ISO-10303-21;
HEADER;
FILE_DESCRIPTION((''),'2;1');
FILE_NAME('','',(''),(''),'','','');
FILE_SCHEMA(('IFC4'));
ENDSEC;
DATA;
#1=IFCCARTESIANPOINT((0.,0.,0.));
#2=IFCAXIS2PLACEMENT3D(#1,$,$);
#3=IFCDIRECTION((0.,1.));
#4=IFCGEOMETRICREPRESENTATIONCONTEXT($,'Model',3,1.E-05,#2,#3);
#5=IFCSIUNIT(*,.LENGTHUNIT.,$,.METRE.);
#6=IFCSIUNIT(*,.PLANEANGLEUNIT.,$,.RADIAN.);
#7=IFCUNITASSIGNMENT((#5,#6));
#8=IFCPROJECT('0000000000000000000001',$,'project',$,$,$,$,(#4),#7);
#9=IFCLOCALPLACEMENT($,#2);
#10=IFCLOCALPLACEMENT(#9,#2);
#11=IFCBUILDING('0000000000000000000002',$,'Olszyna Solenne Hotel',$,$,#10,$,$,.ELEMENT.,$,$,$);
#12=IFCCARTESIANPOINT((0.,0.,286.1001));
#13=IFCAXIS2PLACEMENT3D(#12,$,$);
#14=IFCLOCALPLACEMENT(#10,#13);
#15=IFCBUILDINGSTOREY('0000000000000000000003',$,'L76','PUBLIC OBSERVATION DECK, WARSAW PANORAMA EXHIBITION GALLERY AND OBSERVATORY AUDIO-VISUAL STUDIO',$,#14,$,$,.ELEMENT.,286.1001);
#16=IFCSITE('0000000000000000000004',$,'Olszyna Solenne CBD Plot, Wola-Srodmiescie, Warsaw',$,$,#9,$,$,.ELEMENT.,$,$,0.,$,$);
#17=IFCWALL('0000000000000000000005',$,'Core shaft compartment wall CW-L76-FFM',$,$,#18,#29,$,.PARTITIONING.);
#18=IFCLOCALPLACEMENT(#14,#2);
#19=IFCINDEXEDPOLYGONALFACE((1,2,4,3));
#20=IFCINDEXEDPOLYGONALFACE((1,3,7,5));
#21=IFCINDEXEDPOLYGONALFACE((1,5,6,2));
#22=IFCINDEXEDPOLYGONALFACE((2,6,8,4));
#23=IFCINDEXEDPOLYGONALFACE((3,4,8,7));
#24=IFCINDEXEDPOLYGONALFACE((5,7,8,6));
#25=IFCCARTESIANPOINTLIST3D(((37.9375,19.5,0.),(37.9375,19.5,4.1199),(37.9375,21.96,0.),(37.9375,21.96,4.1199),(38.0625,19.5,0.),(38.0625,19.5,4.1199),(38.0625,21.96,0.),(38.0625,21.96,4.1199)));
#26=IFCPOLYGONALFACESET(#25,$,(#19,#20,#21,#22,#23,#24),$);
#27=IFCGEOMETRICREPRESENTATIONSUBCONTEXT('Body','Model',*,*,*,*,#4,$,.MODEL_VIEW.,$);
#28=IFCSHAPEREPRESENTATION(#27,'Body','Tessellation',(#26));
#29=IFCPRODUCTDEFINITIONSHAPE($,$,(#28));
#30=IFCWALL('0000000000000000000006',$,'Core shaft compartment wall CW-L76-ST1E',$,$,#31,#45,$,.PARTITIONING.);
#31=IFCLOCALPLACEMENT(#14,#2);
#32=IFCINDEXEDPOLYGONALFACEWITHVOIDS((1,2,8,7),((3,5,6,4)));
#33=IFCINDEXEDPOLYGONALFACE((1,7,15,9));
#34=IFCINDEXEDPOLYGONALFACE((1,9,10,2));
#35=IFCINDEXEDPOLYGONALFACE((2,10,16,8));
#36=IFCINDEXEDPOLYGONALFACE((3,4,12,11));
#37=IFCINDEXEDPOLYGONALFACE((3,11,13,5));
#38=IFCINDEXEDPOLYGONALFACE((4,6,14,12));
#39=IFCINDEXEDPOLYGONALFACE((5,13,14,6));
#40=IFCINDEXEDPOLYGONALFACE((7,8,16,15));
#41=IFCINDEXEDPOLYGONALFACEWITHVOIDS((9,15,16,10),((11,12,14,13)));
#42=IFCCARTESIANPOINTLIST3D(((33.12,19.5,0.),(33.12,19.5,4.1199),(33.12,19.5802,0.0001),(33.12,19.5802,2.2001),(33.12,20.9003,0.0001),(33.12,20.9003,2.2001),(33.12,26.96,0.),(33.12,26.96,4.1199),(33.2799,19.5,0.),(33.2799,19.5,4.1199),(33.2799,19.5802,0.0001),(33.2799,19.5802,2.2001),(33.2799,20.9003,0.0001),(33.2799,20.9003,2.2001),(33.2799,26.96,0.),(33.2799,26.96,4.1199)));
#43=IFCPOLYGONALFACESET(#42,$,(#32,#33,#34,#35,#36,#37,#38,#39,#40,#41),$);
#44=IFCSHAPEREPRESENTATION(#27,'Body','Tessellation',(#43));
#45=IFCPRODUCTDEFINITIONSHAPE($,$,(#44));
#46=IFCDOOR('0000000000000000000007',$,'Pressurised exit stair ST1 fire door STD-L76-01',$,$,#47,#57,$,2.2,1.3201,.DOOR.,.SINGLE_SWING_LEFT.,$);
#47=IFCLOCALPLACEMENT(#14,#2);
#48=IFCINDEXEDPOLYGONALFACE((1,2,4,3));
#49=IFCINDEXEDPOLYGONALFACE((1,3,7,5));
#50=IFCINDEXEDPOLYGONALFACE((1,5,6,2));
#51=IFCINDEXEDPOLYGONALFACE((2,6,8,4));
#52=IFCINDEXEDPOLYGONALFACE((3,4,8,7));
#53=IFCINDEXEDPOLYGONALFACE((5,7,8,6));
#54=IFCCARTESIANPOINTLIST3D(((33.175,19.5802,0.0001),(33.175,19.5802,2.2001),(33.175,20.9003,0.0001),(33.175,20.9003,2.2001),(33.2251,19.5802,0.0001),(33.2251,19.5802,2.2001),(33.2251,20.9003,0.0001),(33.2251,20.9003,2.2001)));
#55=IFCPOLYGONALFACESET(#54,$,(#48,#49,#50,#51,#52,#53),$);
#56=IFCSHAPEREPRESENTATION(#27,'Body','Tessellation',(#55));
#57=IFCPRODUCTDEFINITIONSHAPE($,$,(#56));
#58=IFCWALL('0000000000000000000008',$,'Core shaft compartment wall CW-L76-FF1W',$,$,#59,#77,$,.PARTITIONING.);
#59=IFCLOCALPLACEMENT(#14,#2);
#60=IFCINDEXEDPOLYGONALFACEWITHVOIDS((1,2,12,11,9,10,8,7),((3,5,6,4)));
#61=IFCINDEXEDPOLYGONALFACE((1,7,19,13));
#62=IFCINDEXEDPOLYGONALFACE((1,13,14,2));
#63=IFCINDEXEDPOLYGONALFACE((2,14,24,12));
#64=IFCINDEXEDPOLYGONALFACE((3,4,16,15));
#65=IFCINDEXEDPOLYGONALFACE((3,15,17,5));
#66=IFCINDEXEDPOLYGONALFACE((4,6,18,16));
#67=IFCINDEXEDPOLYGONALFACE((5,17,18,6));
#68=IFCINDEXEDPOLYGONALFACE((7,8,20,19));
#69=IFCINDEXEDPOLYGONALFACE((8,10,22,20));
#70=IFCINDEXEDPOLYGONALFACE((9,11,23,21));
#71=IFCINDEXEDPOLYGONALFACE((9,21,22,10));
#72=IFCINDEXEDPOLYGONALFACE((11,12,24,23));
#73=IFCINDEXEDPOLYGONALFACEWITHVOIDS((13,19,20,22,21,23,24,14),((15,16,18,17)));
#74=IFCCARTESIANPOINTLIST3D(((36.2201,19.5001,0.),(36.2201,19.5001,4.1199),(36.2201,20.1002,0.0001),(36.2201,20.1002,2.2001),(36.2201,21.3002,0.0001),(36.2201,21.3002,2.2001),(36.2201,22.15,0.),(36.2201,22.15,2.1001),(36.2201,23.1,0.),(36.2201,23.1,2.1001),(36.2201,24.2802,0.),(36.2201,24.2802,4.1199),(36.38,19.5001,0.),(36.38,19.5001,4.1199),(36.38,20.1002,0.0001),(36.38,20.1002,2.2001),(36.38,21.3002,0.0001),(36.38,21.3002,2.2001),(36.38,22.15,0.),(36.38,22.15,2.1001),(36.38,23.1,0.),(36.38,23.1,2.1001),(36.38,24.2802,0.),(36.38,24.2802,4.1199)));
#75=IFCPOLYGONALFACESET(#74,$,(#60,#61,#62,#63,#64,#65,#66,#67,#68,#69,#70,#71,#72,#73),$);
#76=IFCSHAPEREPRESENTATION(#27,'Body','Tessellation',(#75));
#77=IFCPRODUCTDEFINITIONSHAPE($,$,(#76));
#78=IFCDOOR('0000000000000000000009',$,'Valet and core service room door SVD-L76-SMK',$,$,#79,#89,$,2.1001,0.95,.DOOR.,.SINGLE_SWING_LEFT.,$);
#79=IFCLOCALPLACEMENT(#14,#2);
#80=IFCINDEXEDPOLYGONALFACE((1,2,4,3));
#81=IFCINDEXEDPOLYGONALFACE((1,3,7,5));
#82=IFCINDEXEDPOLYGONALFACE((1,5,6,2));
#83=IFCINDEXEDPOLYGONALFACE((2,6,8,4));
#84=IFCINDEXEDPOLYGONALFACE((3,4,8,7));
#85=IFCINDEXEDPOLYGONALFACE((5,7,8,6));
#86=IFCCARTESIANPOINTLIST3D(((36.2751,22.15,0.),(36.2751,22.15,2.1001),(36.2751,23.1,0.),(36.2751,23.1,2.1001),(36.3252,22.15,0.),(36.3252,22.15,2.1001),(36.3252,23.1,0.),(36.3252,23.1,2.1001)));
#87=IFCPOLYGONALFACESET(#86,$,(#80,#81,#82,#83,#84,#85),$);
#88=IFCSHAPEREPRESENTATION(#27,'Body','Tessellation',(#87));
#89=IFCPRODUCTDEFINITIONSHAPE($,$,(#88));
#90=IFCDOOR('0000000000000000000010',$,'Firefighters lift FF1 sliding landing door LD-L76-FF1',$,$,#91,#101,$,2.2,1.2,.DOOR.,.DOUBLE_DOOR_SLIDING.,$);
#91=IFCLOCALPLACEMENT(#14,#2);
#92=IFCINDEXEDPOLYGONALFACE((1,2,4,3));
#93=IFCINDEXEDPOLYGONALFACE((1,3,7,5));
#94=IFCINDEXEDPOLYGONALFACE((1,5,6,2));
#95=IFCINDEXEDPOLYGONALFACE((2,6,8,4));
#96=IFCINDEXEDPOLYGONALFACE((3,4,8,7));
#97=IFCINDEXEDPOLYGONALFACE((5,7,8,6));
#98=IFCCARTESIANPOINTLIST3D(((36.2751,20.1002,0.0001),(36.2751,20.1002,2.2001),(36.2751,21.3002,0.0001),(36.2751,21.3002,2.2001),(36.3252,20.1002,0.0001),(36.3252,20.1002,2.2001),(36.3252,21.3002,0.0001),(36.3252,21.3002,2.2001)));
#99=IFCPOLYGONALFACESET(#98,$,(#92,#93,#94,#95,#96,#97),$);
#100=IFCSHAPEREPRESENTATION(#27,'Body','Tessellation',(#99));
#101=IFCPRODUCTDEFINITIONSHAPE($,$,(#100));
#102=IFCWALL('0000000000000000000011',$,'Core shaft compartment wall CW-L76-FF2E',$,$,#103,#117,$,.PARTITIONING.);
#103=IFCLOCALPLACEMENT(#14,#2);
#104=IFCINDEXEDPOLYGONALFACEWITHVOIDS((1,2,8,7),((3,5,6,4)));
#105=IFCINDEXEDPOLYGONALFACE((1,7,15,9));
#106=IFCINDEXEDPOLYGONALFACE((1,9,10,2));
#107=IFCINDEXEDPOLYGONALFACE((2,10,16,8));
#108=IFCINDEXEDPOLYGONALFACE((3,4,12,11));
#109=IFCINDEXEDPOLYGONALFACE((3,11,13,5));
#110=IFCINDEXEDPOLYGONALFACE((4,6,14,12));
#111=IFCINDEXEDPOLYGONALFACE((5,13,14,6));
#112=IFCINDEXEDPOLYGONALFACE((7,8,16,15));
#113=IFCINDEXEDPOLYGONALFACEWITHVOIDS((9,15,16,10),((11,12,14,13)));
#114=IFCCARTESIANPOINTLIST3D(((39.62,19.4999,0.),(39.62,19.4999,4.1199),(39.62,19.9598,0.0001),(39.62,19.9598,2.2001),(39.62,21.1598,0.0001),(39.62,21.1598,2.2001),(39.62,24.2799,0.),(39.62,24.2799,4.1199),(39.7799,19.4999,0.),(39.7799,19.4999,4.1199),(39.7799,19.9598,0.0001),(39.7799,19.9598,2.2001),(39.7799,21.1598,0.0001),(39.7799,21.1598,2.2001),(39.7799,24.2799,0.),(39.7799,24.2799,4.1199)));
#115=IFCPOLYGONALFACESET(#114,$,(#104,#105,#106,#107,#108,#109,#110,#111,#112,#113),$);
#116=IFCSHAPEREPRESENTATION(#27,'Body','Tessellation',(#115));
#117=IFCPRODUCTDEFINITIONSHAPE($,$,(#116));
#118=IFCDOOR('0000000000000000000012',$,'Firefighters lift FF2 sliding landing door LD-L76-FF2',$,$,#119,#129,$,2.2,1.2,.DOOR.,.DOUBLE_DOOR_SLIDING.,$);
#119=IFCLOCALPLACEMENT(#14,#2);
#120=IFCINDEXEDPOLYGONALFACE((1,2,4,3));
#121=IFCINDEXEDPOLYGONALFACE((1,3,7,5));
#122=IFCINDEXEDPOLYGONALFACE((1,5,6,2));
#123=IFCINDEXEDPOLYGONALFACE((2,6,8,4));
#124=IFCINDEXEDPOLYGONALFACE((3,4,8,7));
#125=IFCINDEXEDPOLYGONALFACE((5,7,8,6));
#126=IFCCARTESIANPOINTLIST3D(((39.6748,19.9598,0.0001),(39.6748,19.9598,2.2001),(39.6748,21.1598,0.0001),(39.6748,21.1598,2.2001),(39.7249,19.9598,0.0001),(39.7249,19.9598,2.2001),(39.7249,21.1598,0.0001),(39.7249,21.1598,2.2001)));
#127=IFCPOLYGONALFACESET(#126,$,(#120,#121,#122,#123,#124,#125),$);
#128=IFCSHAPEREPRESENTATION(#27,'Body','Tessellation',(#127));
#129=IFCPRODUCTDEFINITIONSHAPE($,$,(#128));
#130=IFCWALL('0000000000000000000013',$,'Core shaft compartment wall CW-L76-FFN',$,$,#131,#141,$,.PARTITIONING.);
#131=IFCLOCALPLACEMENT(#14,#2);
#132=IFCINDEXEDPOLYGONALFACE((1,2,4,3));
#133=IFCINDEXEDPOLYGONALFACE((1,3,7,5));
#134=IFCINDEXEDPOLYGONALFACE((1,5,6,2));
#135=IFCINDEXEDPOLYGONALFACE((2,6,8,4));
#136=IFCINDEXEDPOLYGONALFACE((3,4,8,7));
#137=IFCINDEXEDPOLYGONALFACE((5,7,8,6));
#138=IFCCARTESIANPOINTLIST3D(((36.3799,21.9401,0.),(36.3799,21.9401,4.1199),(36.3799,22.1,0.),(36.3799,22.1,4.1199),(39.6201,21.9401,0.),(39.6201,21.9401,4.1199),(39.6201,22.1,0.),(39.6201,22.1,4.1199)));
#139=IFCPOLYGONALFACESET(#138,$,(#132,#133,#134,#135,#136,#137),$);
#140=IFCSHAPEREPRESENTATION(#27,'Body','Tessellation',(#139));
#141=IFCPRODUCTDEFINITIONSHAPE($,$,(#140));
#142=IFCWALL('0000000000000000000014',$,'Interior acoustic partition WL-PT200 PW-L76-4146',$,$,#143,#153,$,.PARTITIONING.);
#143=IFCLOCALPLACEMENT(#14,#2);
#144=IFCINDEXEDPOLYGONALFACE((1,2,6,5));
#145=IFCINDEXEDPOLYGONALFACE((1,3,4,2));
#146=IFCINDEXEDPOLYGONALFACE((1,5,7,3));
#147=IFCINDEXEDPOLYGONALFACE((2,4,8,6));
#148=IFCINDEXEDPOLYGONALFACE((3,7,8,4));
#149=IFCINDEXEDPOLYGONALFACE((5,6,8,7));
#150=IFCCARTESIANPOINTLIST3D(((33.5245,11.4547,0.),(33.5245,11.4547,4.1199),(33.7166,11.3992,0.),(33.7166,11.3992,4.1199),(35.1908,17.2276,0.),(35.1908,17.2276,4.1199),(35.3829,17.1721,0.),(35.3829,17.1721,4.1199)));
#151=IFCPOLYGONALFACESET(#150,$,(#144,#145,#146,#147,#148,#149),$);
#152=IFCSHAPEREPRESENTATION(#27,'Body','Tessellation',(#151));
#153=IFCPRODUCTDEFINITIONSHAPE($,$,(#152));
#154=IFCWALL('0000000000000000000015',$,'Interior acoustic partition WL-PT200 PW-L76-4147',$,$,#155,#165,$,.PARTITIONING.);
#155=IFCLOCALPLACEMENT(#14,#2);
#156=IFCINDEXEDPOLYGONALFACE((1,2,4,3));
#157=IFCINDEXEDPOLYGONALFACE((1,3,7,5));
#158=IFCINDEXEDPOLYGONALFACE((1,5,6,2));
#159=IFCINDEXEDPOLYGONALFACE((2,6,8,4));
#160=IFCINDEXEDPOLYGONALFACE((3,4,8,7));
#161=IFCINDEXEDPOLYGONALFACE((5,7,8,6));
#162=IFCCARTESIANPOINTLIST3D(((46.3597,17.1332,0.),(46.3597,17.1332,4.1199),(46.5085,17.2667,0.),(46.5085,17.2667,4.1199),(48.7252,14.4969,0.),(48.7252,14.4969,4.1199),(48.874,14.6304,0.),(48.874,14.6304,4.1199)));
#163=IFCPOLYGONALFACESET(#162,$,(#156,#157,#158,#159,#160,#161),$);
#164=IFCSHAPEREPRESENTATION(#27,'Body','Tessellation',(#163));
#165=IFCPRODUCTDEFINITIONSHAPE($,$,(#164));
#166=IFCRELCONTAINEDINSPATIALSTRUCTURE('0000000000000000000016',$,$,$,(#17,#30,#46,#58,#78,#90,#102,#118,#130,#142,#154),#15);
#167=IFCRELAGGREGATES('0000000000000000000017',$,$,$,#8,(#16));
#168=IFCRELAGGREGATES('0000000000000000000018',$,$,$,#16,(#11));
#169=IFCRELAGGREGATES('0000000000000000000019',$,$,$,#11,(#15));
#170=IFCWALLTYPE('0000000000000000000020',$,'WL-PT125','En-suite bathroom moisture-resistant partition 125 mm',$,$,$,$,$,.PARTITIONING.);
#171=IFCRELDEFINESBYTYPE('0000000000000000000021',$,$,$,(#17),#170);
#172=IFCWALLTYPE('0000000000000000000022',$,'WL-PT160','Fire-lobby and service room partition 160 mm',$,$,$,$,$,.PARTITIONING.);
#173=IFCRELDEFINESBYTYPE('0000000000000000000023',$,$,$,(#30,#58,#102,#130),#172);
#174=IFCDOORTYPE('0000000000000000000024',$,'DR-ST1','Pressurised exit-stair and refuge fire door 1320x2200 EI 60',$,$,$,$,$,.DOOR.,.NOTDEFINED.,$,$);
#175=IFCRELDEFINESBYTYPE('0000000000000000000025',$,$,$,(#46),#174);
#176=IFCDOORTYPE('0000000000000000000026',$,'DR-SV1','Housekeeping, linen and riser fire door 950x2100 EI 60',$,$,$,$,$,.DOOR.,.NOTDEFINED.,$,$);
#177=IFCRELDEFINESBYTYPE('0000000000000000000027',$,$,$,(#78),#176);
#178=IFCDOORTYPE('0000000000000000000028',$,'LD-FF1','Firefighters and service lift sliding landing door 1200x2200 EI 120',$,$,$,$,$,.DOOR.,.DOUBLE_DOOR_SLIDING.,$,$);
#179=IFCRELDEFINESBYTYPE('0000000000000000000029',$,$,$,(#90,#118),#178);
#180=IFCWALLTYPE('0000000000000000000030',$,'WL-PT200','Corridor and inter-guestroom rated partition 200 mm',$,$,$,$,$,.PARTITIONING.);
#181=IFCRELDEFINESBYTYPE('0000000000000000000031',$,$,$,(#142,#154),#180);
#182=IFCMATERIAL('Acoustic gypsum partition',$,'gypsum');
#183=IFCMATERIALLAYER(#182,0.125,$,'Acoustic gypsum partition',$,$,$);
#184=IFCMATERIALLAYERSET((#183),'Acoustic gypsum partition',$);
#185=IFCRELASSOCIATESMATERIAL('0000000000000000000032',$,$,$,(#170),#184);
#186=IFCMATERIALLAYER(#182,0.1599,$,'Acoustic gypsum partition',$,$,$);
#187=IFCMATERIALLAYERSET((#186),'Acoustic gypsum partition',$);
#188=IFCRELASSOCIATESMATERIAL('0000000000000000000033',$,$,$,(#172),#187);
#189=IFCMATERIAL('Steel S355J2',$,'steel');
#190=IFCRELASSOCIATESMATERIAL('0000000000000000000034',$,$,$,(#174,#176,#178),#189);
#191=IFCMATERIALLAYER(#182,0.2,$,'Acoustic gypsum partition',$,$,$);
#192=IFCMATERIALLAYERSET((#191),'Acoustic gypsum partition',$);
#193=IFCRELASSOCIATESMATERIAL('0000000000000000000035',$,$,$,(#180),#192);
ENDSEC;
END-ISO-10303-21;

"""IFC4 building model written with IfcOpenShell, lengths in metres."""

from ifc_helpers import new_model, si_unit, direction, frame, frame_2d, origin, place, context, subcontext, project, spatial, rectangle, extrude, source, transform, mapped, material, layer, layer_set, type_object, type_shapes, element, fill, save


model = new_model("IFC4")

# Units and contexts
model_context = context("Model", 3, precision=1e-05, world=origin(), true_north=direction((0.0, 1.0)))
body_context = subcontext(model_context, "Body", "Model", "MODEL_VIEW")
ifc_project = project(units=[si_unit("LENGTHUNIT", "METRE"), si_unit("PLANEANGLEUNIT", "RADIAN")], contexts=[model_context])

# Site, building, storey
site_placement = place(None, origin())
site = spatial("IfcSite", under=ifc_project, at=site_placement, Name="Olszyna Solenne CBD Plot, Wola-Srodmiescie, Warsaw", CompositionType="ELEMENT", RefElevation=0.0)
building_placement = place(site_placement, origin())
building = spatial("IfcBuilding", under=site, at=building_placement, Name="Olszyna Solenne Hotel", CompositionType="ELEMENT")
storey_placement = place(building_placement, frame((0.0, 0.0, 286.1001)))
storey = spatial("IfcBuildingStorey", under=building, at=storey_placement, Name="L76", Description="PUBLIC OBSERVATION DECK, WARSAW PANORAMA EXHIBITION GALLERY AND OBSERVATORY AUDIO-VISUAL STUDIO", CompositionType="ELEMENT", Elevation=286.1001)

# Shared definitions
ifc_material_1 = material(Name="Steel S355J2", Category="steel")

# Wall
ifc_material_2 = material(Name="Acoustic gypsum partition", Category="gypsum")
ifc_layer_1 = layer(ifc_material_2, 0.125, Name="Acoustic gypsum partition")
ifc_layer_set_1 = layer_set([ifc_layer_1], Name="Acoustic gypsum partition")
wall_type_1 = type_object("IfcWallType", Name="WL-PT125", Description="En-suite bathroom moisture-resistant partition 125 mm", PredefinedType="PARTITIONING", material=ifc_layer_set_1)
wall_1_placement = place(storey_placement, frame((38.0, 19.5, 0.0), z_axis=(0.0, 0.0, 1.0), x_axis=(0.0, 1.0, 0.0)))
element("IfcWall", 1, at=wall_1_placement, inside=storey, type_object=wall_type_1, Name="Core shaft compartment wall CW-L76-FFM", PredefinedType="PARTITIONING", context=body_context, shape_type="SweptSolid", body=[
    extrude(rectangle(XDim=2.46, YDim=0.125, at=frame_2d((1.23, 0.0))), origin(), (0.0, 0.0, 1.0), 4.1199),
])

# Wall, opening, door
ifc_layer_2 = layer(ifc_material_2, 0.1599, Name="Acoustic gypsum partition")
ifc_layer_set_2 = layer_set([ifc_layer_2], Name="Acoustic gypsum partition")
wall_type_2 = type_object("IfcWallType", Name="WL-PT160", Description="Fire-lobby and service room partition 160 mm", PredefinedType="PARTITIONING", material=ifc_layer_set_2)
wall_2_placement = place(storey_placement, frame((33.2, 19.5, 0.0), z_axis=(0.0, 0.0, 1.0), x_axis=(0.0, 1.0, 0.0)))
wall_2 = element("IfcWall", 2, at=wall_2_placement, inside=storey, type_object=wall_type_2, Name="Core shaft compartment wall CW-L76-ST1E", PredefinedType="PARTITIONING", context=body_context, shape_type="SweptSolid", body=[
    extrude(rectangle(XDim=7.46, YDim=0.1599, at=frame_2d((3.73, 0.0))), origin(), (0.0, 0.0, 1.0), 4.1199),
])
opening_1_placement = place(wall_2_placement, frame((0.0801, 0.0, 0.0)))
opening_1 = element("IfcOpeningElement", 3, at=opening_1_placement, cuts=wall_2, PredefinedType="OPENING", context=body_context, shape_type="SweptSolid", body=[
    extrude(rectangle(XDim=1.3201, YDim=2.2, at=frame_2d((0.6602, 1.1001))), frame((0.0, 0.0898, 0.0), z_axis=(0.0, -1.0, 0.0), x_axis=(1.0, 0.0, 0.0)), (0.0, 0.0, 1.0), 0.1799),
])
door_type_1 = type_object("IfcDoorType", Name="DR-ST1", Description="Pressurised exit-stair and refuge fire door 1320x2200 EI 60", OperationType="NOTDEFINED", PredefinedType="DOOR", material=ifc_material_1)
shared_shape_1 = source(origin(), body_context, "Body", "SweptSolid", [
    extrude(rectangle(XDim=1.3201, YDim=2.2, at=frame_2d((0.6602, 1.1001))), frame((0.0, 0.0249, 0.0), z_axis=(0.0, -1.0, 0.0), x_axis=(1.0, 0.0, 0.0)), (0.0, 0.0, 1.0), 0.05),
])
type_shapes(door_type_1, [shared_shape_1])
door_1_placement = place(opening_1_placement, origin())
door_1 = element("IfcDoor", 4, at=door_1_placement, inside=storey, type_object=door_type_1, Name="Pressurised exit stair ST1 fire door STD-L76-01", OperationType="SINGLE_SWING_LEFT", OverallHeight=2.2, OverallWidth=1.3201, PredefinedType="DOOR", context=body_context, shape_type="MappedRepresentation", body=[
    mapped(shared_shape_1, transform((0.0, 0.0, 0.0), x_axis=(1.0, 0.0, 0.0), y_axis=(0.0, 1.0, 0.0), z_axis=(0.0, 0.0, 1.0), scale=1.0)),
])
fill(opening_1, door_1)

# Wall, openings, doors
wall_3_placement = place(storey_placement, frame((36.3, 19.5, 0.0), z_axis=(0.0, 0.0, 1.0), x_axis=(0.0, 1.0, 0.0)))
wall_3 = element("IfcWall", 5, at=wall_3_placement, inside=storey, type_object=wall_type_2, Name="Core shaft compartment wall CW-L76-FF1W", PredefinedType="PARTITIONING", context=body_context, shape_type="SweptSolid", body=[
    extrude(rectangle(XDim=4.78, YDim=0.1599, at=frame_2d((2.3901, 0.0))), origin(), (0.0, 0.0, 1.0), 4.1199),
])
opening_2_placement = place(wall_3_placement, frame((0.6001, 0.0, 0.0)))
opening_2 = element("IfcOpeningElement", 6, at=opening_2_placement, cuts=wall_3, PredefinedType="OPENING", context=body_context, shape_type="SweptSolid", body=[
    extrude(rectangle(XDim=1.2, YDim=2.2, at=frame_2d((0.6001, 1.1001))), frame((0.0, 0.0898, 0.0), z_axis=(0.0, -1.0, 0.0), x_axis=(1.0, 0.0, 0.0)), (0.0, 0.0, 1.0), 0.1799),
])
opening_3_placement = place(wall_3_placement, frame((2.6499, 0.0, 0.0)))
opening_3 = element("IfcOpeningElement", 7, at=opening_3_placement, cuts=wall_3, PredefinedType="OPENING", context=body_context, shape_type="SweptSolid", body=[
    extrude(rectangle(XDim=0.95, YDim=2.1001, at=frame_2d((0.4751, 1.05))), frame((0.0, 0.0898, 0.0), z_axis=(0.0, -1.0, 0.0), x_axis=(1.0, 0.0, 0.0)), (0.0, 0.0, 1.0), 0.1799),
])
door_type_2 = type_object("IfcDoorType", Name="DR-SV1", Description="Housekeeping, linen and riser fire door 950x2100 EI 60", OperationType="NOTDEFINED", PredefinedType="DOOR", material=ifc_material_1)
shared_shape_2 = source(origin(), body_context, "Body", "SweptSolid", [
    extrude(rectangle(XDim=0.95, YDim=2.1001, at=frame_2d((0.4751, 1.05))), frame((0.0, 0.0249, 0.0), z_axis=(0.0, -1.0, 0.0), x_axis=(1.0, 0.0, 0.0)), (0.0, 0.0, 1.0), 0.05),
])
type_shapes(door_type_2, [shared_shape_2])
door_2_placement = place(opening_3_placement, origin())
door_2 = element("IfcDoor", 8, at=door_2_placement, inside=storey, type_object=door_type_2, Name="Valet and core service room door SVD-L76-SMK", OperationType="SINGLE_SWING_LEFT", OverallHeight=2.1001, OverallWidth=0.95, PredefinedType="DOOR", context=body_context, shape_type="MappedRepresentation", body=[
    mapped(shared_shape_2, transform((0.0, 0.0, 0.0), x_axis=(1.0, 0.0, 0.0), y_axis=(0.0, 1.0, 0.0), z_axis=(0.0, 0.0, 1.0), scale=1.0)),
])
fill(opening_3, door_2)
door_type_3 = type_object("IfcDoorType", Name="LD-FF1", Description="Firefighters and service lift sliding landing door 1200x2200 EI 120", OperationType="DOUBLE_DOOR_SLIDING", PredefinedType="DOOR", material=ifc_material_1)
shared_shape_3 = source(origin(), body_context, "Body", "SweptSolid", [
    extrude(rectangle(XDim=1.2, YDim=2.2, at=frame_2d((0.6001, 1.1001))), frame((0.0, 0.0249, 0.0), z_axis=(0.0, -1.0, 0.0), x_axis=(1.0, 0.0, 0.0)), (0.0, 0.0, 1.0), 0.05),
])
type_shapes(door_type_3, [shared_shape_3])
door_3_placement = place(opening_2_placement, origin())
door_3 = element("IfcDoor", 9, at=door_3_placement, inside=storey, type_object=door_type_3, Name="Firefighters lift FF1 sliding landing door LD-L76-FF1", OperationType="DOUBLE_DOOR_SLIDING", OverallHeight=2.2, OverallWidth=1.2, PredefinedType="DOOR", context=body_context, shape_type="MappedRepresentation", body=[
    mapped(shared_shape_3, transform((0.0, 0.0, 0.0), x_axis=(1.0, 0.0, 0.0), y_axis=(0.0, 1.0, 0.0), z_axis=(0.0, 0.0, 1.0), scale=1.0)),
])
fill(opening_2, door_3)

# Wall, opening, door
wall_4_placement = place(storey_placement, frame((39.7, 24.28, 0.0), z_axis=(0.0, 0.0, 1.0), x_axis=(0.0, -1.0, 0.0)))
wall_4 = element("IfcWall", 10, at=wall_4_placement, inside=storey, type_object=wall_type_2, Name="Core shaft compartment wall CW-L76-FF2E", PredefinedType="PARTITIONING", context=body_context, shape_type="SweptSolid", body=[
    extrude(rectangle(XDim=4.78, YDim=0.1599, at=frame_2d((2.3901, 0.0))), origin(), (0.0, 0.0, 1.0), 4.1199),
])
opening_4_placement = place(wall_4_placement, frame((3.1201, 0.0, 0.0)))
opening_4 = element("IfcOpeningElement", 11, at=opening_4_placement, cuts=wall_4, PredefinedType="OPENING", context=body_context, shape_type="SweptSolid", body=[
    extrude(rectangle(XDim=1.2, YDim=2.2, at=frame_2d((0.6001, 1.1001))), frame((0.0, 0.0898, 0.0), z_axis=(0.0, -1.0, 0.0), x_axis=(1.0, 0.0, 0.0)), (0.0, 0.0, 1.0), 0.1799),
])
door_4_placement = place(opening_4_placement, origin())
door_4 = element("IfcDoor", 12, at=door_4_placement, inside=storey, type_object=door_type_3, Name="Firefighters lift FF2 sliding landing door LD-L76-FF2", OperationType="DOUBLE_DOOR_SLIDING", OverallHeight=2.2, OverallWidth=1.2, PredefinedType="DOOR", context=body_context, shape_type="MappedRepresentation", body=[
    mapped(shared_shape_3, transform((0.0, 0.0, 0.0), x_axis=(1.0, 0.0, 0.0), y_axis=(0.0, 1.0, 0.0), z_axis=(0.0, 0.0, 1.0), scale=1.0)),
])
fill(opening_4, door_4)

# Walls
wall_5_placement = place(storey_placement, frame((36.3799, 22.02, 0.0), z_axis=(0.0, 0.0, 1.0), x_axis=(1.0, 0.0, 0.0)))
element("IfcWall", 13, at=wall_5_placement, inside=storey, type_object=wall_type_2, Name="Core shaft compartment wall CW-L76-FFN", PredefinedType="PARTITIONING", context=body_context, shape_type="SweptSolid", body=[
    extrude(rectangle(XDim=3.2402, YDim=0.1599, at=frame_2d((1.6201, 0.0))), origin(), (0.0, 0.0, 1.0), 4.1199),
])
ifc_layer_3 = layer(ifc_material_2, 0.2, Name="Acoustic gypsum partition")
ifc_layer_set_3 = layer_set([ifc_layer_3], Name="Acoustic gypsum partition")
wall_type_3 = type_object("IfcWallType", Name="WL-PT200", Description="Corridor and inter-guestroom rated partition 200 mm", PredefinedType="PARTITIONING", material=ifc_layer_set_3)
wall_6_placement = place(storey_placement, frame((35.2869, 17.2, 0.0), z_axis=(0.0, 0.0, 1.0), x_axis=(-0.277312, -0.96078, 0.0)))
element("IfcWall", 14, at=wall_6_placement, inside=storey, type_object=wall_type_3, Name="Interior acoustic partition WL-PT200 PW-L76-4146", PredefinedType="PARTITIONING", context=body_context, shape_type="SweptSolid", body=[
    extrude(rectangle(XDim=6.0085, YDim=0.2, at=frame_2d((3.0044, 0.0))), origin(), (0.0, 0.0, 1.0), 4.1199),
])
wall_7_placement = place(storey_placement, frame((46.4341, 17.2, 0.0), z_axis=(0.0, 0.0, 1.0), x_axis=(0.667852, -0.744294, 0.0)))
element("IfcWall", 15, at=wall_7_placement, inside=storey, type_object=wall_type_3, Name="Interior acoustic partition WL-PT200 PW-L76-4147", PredefinedType="PARTITIONING", context=body_context, shape_type="SweptSolid", body=[
    extrude(rectangle(XDim=3.542, YDim=0.2, at=frame_2d((1.771, 0.0))), origin(), (0.0, 0.0, 1.0), 4.1199),
])

save(model, "model.ifc")
